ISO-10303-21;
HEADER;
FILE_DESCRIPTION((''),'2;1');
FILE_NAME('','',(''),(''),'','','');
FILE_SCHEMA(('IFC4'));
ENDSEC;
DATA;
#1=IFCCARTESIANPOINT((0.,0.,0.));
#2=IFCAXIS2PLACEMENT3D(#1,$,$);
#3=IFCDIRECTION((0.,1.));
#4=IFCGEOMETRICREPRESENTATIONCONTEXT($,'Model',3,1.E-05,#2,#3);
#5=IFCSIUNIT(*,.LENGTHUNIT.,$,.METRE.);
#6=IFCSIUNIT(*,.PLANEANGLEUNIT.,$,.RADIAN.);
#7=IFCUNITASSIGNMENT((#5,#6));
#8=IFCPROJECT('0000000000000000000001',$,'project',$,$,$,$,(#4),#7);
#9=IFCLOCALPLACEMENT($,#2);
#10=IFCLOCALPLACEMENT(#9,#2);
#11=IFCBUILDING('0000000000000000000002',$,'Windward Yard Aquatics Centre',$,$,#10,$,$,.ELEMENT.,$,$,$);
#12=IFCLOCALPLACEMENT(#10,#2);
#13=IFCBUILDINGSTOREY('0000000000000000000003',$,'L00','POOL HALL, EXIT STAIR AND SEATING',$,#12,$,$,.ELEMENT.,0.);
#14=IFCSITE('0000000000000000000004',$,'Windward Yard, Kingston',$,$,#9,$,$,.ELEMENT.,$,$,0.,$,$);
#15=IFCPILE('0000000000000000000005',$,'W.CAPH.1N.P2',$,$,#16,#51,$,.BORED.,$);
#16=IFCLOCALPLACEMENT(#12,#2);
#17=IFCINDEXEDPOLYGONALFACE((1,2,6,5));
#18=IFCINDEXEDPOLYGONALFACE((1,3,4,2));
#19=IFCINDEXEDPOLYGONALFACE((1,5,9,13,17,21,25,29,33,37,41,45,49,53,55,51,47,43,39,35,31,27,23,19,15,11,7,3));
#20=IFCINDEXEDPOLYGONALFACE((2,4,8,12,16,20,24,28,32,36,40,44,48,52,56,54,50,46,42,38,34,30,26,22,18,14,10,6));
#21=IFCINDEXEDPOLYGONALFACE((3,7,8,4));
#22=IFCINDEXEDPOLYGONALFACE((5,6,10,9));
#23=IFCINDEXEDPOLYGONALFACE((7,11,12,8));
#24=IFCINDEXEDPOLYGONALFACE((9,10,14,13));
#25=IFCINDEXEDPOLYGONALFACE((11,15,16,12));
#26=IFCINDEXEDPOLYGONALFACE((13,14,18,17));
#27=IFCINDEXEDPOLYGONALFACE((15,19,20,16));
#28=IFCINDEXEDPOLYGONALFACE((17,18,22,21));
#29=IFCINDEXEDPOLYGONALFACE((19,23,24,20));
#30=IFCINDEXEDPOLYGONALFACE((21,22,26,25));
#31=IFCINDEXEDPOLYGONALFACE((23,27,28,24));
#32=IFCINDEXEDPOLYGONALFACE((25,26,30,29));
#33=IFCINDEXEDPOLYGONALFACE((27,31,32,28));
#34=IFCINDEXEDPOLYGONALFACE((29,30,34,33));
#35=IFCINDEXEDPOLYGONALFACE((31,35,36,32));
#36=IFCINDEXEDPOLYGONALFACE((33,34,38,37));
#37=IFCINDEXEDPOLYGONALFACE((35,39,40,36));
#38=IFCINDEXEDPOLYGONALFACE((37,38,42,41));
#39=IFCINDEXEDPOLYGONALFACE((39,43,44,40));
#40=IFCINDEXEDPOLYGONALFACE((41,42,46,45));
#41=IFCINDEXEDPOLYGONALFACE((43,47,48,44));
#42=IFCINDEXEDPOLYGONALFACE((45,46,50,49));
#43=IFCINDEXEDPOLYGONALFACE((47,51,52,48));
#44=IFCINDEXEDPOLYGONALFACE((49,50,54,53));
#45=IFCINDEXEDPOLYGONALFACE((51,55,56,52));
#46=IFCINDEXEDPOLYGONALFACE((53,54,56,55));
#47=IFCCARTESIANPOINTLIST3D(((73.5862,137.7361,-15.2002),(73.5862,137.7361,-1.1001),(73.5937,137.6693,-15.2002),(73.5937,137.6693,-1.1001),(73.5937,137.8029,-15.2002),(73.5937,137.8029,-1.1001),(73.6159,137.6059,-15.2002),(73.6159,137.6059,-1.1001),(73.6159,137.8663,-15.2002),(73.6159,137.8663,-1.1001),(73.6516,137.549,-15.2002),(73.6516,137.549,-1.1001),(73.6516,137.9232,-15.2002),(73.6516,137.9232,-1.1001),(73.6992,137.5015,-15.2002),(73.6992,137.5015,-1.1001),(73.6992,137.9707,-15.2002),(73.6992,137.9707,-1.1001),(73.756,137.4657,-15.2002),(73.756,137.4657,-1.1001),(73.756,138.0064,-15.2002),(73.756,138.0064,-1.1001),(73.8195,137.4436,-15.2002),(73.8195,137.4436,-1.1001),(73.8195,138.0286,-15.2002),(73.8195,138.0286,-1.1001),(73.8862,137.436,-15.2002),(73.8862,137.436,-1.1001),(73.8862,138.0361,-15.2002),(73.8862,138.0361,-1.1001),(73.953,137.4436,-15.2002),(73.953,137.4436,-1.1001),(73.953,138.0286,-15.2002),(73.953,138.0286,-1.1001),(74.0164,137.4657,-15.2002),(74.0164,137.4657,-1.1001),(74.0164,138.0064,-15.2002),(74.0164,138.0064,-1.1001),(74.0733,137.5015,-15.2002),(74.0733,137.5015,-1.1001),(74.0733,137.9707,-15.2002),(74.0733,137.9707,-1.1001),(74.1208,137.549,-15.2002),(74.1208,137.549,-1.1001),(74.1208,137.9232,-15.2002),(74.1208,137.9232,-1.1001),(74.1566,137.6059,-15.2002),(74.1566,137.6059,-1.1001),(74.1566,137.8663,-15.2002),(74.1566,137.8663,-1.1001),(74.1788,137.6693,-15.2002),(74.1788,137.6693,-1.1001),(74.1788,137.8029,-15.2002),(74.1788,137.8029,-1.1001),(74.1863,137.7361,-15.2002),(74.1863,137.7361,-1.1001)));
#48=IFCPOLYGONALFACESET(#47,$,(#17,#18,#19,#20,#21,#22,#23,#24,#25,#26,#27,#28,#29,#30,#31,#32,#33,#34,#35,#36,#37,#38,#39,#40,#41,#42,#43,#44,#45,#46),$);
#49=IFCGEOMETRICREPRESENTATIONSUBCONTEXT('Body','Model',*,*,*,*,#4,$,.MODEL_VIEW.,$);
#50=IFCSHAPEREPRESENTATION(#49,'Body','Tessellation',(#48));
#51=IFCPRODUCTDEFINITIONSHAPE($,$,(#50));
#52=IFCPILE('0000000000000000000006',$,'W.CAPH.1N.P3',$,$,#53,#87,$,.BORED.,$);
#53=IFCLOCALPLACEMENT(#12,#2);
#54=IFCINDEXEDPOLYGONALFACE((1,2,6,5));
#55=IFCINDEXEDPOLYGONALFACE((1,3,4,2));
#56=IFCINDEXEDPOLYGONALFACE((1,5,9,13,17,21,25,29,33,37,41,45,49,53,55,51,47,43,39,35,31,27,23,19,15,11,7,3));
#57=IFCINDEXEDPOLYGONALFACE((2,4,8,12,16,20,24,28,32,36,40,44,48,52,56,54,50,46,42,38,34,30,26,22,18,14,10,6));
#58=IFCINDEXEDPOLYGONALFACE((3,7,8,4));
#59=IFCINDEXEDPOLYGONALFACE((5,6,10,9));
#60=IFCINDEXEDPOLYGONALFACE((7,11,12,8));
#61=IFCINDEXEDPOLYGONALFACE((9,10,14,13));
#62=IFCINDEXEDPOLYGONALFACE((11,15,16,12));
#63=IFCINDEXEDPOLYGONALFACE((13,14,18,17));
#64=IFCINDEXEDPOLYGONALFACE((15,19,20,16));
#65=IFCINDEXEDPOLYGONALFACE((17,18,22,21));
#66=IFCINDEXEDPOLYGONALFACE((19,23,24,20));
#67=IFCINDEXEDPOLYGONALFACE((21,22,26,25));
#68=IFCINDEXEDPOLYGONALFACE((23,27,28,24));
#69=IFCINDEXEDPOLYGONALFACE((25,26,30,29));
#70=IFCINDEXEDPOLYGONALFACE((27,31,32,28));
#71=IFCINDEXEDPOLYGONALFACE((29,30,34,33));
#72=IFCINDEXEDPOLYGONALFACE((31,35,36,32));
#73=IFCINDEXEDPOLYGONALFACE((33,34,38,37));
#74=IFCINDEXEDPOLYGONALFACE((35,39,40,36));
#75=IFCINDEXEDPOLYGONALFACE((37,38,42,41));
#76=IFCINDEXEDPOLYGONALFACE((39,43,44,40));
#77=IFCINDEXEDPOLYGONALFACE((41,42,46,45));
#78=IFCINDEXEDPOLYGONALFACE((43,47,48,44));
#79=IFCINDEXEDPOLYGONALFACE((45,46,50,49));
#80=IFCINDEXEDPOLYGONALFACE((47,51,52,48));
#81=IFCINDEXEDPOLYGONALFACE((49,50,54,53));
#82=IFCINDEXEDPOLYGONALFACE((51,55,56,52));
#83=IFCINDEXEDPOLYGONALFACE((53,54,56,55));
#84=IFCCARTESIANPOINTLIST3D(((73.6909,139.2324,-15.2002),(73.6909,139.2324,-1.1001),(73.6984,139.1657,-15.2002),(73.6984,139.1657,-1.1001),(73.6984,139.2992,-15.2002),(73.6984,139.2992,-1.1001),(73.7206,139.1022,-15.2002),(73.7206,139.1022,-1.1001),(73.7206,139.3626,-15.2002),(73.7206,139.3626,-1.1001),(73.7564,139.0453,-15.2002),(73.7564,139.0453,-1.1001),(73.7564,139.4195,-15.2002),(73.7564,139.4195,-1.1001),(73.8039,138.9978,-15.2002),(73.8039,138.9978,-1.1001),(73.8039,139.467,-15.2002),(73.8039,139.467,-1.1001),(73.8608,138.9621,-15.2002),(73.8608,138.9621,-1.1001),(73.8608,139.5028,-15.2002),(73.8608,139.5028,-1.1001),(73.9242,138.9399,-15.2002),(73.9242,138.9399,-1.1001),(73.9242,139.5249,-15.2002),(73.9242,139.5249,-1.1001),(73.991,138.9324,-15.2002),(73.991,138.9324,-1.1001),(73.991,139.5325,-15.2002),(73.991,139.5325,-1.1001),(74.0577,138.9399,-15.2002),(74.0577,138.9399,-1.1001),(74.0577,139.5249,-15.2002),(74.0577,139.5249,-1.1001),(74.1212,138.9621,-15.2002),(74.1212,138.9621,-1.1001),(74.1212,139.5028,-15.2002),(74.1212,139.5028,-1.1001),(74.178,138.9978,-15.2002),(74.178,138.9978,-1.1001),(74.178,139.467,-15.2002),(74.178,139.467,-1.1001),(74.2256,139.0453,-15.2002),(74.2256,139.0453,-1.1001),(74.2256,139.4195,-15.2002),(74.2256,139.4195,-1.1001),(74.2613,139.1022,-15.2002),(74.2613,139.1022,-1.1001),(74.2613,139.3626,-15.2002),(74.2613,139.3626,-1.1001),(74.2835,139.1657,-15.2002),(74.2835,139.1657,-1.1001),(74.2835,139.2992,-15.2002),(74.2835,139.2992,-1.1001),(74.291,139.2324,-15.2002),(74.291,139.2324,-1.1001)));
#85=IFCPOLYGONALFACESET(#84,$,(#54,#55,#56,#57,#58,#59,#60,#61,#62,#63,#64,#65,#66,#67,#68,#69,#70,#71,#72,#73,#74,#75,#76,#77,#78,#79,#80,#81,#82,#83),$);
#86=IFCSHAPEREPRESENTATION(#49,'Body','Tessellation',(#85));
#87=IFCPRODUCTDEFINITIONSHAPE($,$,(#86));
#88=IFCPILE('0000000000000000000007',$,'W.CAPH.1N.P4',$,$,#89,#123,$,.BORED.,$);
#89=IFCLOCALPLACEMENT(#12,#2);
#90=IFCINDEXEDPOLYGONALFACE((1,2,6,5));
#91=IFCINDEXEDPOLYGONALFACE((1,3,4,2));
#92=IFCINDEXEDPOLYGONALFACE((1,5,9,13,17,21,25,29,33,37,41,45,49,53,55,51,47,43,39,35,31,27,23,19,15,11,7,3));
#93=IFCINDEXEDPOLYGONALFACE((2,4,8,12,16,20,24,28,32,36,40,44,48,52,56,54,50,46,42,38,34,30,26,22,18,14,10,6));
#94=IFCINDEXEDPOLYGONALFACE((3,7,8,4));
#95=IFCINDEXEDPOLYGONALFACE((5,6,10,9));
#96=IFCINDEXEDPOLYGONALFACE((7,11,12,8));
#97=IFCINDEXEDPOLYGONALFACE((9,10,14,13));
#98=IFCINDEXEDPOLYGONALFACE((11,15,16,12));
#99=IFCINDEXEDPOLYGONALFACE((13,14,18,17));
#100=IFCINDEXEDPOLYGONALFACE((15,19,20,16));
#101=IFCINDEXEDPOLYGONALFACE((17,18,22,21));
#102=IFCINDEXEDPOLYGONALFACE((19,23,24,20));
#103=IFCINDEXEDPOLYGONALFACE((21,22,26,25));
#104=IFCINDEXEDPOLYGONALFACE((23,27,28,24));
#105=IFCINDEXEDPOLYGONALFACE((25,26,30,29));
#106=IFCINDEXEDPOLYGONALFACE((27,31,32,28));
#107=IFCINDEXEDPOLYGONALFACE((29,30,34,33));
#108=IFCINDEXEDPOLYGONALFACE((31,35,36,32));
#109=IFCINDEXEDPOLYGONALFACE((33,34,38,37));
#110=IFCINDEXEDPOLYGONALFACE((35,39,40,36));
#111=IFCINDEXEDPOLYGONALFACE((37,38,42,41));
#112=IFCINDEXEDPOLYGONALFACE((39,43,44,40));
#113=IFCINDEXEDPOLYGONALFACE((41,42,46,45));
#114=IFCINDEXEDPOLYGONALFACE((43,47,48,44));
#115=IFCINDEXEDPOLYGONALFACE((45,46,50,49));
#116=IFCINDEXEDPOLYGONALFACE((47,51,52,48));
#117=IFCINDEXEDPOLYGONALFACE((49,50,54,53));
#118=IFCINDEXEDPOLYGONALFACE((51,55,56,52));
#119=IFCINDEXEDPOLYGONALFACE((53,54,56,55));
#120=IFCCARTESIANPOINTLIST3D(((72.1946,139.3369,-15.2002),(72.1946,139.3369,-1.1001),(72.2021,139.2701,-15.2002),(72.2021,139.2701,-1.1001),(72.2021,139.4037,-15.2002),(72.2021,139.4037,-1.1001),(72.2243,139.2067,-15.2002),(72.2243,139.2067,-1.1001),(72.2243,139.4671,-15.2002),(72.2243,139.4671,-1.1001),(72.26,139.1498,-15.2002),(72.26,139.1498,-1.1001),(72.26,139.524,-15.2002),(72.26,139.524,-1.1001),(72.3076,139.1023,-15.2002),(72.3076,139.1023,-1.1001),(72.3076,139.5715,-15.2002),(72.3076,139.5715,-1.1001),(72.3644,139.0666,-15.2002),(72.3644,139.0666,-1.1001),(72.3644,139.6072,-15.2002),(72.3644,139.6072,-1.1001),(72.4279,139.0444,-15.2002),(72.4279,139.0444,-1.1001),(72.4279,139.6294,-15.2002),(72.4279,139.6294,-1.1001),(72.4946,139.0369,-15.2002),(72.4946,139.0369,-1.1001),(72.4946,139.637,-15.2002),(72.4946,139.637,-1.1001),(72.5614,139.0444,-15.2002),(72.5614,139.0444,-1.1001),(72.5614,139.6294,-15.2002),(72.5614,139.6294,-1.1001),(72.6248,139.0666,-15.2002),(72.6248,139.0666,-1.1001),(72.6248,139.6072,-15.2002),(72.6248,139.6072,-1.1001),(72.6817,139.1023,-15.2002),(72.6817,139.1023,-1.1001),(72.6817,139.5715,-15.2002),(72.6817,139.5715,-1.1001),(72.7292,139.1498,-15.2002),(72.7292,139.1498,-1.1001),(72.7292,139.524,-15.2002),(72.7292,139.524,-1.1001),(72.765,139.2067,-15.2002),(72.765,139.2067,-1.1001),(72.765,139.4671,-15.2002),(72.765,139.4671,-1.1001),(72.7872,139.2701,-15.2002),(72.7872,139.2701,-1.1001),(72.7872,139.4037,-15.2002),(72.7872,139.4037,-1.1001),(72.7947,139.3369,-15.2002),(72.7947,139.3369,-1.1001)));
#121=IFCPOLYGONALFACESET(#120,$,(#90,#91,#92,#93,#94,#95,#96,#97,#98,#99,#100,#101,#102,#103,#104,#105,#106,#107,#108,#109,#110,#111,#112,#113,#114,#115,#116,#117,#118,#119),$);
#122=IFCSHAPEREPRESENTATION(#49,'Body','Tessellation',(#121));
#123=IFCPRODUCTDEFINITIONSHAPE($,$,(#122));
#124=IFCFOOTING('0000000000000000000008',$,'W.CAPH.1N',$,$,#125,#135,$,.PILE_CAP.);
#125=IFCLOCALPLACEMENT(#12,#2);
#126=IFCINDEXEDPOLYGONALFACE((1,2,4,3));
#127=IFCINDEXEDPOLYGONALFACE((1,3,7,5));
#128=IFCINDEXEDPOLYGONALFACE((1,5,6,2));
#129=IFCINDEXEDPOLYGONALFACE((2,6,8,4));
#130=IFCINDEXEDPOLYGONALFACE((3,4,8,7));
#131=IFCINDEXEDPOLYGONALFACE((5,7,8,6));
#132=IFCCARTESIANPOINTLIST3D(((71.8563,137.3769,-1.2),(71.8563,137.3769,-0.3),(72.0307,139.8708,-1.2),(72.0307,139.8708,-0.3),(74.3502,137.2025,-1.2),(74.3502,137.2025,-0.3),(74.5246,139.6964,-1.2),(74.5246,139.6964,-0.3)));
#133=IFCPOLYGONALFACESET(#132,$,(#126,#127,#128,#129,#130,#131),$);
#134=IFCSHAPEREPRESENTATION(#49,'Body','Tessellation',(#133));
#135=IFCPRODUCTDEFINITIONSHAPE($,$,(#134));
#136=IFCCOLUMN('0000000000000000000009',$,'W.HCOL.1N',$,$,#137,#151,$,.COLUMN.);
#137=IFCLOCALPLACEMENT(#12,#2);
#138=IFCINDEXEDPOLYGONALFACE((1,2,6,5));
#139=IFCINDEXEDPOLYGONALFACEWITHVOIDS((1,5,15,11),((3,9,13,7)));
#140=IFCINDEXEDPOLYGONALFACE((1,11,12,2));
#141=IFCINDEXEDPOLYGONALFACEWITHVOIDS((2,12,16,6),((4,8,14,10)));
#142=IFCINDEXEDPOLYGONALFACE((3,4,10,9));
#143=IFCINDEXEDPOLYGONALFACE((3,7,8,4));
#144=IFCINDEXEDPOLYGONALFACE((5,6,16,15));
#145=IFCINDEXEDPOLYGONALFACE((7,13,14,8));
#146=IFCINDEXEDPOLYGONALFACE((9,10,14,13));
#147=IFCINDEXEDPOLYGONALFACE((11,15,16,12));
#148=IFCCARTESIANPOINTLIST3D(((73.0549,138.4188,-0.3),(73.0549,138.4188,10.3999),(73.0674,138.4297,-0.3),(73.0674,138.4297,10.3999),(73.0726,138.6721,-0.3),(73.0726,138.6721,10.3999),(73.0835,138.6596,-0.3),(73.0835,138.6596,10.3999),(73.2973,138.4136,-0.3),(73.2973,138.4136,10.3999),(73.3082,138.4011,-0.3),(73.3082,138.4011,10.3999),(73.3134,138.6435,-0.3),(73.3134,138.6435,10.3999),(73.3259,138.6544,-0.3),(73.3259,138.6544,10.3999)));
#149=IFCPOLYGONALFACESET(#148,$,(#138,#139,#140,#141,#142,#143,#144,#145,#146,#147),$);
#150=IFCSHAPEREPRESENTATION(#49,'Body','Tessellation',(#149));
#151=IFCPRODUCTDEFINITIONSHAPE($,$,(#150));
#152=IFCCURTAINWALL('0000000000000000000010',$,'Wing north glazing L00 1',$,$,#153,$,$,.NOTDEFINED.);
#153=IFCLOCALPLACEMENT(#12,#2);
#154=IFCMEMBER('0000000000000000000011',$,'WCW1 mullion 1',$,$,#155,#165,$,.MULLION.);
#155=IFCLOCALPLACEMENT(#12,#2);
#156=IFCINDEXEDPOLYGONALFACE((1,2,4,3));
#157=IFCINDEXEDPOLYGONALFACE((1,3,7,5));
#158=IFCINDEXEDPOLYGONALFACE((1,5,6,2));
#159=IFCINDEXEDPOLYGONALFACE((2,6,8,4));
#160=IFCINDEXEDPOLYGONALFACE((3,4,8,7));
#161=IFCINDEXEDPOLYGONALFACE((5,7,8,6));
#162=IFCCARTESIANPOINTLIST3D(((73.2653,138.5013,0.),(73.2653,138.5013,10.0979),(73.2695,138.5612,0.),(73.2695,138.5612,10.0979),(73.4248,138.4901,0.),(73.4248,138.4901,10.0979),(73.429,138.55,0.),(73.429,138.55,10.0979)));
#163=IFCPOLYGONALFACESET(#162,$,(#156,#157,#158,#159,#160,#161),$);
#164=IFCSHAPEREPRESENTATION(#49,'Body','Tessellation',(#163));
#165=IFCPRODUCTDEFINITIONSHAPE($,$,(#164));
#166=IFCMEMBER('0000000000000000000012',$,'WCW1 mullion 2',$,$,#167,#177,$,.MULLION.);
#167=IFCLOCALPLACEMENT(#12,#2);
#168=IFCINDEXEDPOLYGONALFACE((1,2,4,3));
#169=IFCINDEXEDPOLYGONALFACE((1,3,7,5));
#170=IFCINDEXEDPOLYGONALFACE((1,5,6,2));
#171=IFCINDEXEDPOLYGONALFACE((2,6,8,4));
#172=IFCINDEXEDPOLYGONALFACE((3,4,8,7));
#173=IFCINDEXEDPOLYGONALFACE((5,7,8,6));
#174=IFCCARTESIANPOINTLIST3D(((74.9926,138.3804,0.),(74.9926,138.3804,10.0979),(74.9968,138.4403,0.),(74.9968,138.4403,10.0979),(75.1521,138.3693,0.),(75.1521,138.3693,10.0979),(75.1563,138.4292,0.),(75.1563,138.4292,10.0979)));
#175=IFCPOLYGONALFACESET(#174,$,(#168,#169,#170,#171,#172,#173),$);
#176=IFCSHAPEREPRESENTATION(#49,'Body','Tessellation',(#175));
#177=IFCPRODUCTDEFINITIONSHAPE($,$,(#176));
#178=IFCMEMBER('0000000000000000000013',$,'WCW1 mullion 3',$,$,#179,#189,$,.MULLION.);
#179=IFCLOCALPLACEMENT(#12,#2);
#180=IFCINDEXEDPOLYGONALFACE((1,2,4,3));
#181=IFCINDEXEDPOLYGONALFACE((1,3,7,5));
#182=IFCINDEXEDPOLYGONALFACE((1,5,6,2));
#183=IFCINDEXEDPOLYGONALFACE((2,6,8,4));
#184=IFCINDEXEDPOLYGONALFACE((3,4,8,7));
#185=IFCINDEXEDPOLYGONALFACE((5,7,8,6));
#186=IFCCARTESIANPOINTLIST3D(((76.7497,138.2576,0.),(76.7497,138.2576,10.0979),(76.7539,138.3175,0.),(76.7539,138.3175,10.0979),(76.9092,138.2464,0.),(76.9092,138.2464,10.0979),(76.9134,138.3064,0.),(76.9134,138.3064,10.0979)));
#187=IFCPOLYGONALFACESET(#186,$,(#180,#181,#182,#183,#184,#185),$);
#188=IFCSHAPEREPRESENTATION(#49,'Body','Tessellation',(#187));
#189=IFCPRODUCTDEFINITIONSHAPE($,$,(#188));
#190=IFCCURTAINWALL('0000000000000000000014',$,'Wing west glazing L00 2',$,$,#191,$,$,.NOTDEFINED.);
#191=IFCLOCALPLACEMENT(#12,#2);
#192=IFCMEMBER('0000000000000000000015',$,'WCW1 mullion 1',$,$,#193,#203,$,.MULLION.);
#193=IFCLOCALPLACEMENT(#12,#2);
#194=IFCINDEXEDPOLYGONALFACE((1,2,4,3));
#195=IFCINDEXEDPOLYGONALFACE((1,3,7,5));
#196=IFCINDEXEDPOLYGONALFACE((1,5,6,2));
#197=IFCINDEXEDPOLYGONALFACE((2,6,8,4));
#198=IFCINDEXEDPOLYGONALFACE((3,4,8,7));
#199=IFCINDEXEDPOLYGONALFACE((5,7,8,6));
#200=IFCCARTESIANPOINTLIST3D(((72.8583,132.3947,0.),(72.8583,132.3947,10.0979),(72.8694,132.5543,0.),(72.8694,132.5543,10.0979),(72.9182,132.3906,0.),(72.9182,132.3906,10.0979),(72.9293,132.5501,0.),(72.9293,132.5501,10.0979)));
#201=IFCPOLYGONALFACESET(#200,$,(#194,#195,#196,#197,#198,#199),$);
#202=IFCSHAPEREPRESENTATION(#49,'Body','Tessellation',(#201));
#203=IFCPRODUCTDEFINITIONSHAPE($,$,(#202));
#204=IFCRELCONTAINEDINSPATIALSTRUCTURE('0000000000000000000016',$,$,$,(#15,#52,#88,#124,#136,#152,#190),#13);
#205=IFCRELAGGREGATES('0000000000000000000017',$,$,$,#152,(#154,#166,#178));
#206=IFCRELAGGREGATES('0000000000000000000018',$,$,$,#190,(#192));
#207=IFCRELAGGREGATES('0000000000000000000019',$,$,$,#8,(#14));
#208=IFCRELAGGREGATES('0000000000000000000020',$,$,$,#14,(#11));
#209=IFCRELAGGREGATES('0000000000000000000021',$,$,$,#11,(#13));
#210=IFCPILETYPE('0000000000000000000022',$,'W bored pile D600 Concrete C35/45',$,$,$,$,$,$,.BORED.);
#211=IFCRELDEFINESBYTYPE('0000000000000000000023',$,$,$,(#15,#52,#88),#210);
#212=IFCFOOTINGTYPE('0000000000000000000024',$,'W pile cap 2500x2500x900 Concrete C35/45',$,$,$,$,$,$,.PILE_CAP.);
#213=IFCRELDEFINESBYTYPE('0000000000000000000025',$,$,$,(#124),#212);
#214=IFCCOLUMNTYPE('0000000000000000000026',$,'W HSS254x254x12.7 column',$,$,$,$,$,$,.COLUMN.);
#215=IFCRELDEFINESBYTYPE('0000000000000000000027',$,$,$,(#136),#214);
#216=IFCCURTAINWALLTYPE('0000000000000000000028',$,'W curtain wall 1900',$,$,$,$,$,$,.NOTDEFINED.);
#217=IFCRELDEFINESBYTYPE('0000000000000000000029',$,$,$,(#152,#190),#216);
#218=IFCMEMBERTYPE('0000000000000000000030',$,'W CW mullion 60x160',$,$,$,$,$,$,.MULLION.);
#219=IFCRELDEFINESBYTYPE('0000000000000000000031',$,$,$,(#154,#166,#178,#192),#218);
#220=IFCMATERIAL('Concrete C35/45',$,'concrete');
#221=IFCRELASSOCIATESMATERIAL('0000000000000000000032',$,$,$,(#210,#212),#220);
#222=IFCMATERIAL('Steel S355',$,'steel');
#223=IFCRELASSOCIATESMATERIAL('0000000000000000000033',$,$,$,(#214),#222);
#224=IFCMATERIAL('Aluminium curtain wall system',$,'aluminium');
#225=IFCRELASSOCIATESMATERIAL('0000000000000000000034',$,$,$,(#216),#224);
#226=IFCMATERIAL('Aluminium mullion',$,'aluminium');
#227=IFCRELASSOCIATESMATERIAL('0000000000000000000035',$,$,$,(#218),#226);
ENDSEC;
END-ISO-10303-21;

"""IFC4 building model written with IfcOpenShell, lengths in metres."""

from ifc_helpers import new_model, si_unit, direction, frame, origin, origin_2d, place, context, subcontext, project, spatial, rectangle, hollow_rectangle, circle, extrude, material, material_profile, profile_set, type_object, element, aggregate, save


model = new_model("IFC4")

# Units and contexts
model_context = context("Model", 3, precision=1e-05, world=origin(), true_north=direction((0.0, 1.0)))
body_context = subcontext(model_context, "Body", "Model", "MODEL_VIEW")
ifc_project = project(units=[si_unit("LENGTHUNIT", "METRE"), si_unit("PLANEANGLEUNIT", "RADIAN")], contexts=[model_context])

# Site, building, storey
site_placement = place(None, origin())
site = spatial("IfcSite", under=ifc_project, at=site_placement, Name="Windward Yard, Kingston", CompositionType="ELEMENT", RefElevation=0.0)
building_placement = place(site_placement, origin())
building = spatial("IfcBuilding", under=site, at=building_placement, Name="Windward Yard Aquatics Centre", CompositionType="ELEMENT")
storey_placement = place(building_placement, origin())
storey = spatial("IfcBuildingStorey", under=building, at=storey_placement, Name="L00", Description="POOL HALL, EXIT STAIR AND SEATING", CompositionType="ELEMENT", Elevation=0.0)

# Piles
ifc_material_1 = material(Name="Concrete C35/45", Category="concrete")
ifc_material_profile_1 = material_profile(ifc_material_1, circle(Radius=0.3, at=origin_2d()), Name="D600")
ifc_profile_set_1 = profile_set([ifc_material_profile_1], Name="Concrete C35/45")
pile_type = type_object("IfcPileType", Name="W bored pile D600 Concrete C35/45", PredefinedType="BORED", material=ifc_profile_set_1)
for number, where, z_axis, x_axis, name in (
    (1, (73.8862, 137.7361, -1.1001), (0.0, 0.0, -1.0), (1.0, 0.0, 0.0), "W.CAPH.1N.P2"),
    (2, (73.991, 139.2324, -1.1001), (0.0, 0.0, -1.0), (1.0, 0.0, 0.0), "W.CAPH.1N.P3"),
    (3, (72.4946, 139.3369, -1.1001), (0.0, 0.0, -1.0), (1.0, 0.0, 0.0), "W.CAPH.1N.P4"),
):
    element("IfcPile", number, at=place(storey_placement, frame(where, z_axis=z_axis, x_axis=x_axis)), inside=storey, type_object=pile_type, Name=name, PredefinedType="BORED", context=body_context, shape_type="SweptSolid", body=[
        extrude(circle(Radius=0.3, at=origin_2d()), origin(), (0.0, 0.0, 1.0), 14.1001),
    ])

# Footing
footing_type = type_object("IfcFootingType", Name="W pile cap 2500x2500x900 Concrete C35/45", PredefinedType="PILE_CAP", material=ifc_material_1)
footing_placement = place(storey_placement, frame((73.1904, 138.5366, -1.2), z_axis=(0.0, 0.0, 1.0), x_axis=(0.997564, -0.069756, 0.0)))
element("IfcFooting", 4, at=footing_placement, inside=storey, type_object=footing_type, Name="W.CAPH.1N", PredefinedType="PILE_CAP", context=body_context, shape_type="SweptSolid", body=[
    extrude(rectangle(XDim=2.5, YDim=2.5, at=origin_2d()), origin(), (0.0, 0.0, 1.0), 0.8999),
])

# Column
ifc_material_2 = material(Name="Steel S355", Category="steel")
ifc_material_profile_2 = material_profile(ifc_material_2, hollow_rectangle(XDim=0.2539, YDim=0.2539, WallThickness=0.0117, at=origin_2d()), Name="HSS254x254x12.7")
ifc_profile_set_2 = profile_set([ifc_material_profile_2], Name="Steel S355")
column_type = type_object("IfcColumnType", Name="W HSS254x254x12.7 column", PredefinedType="COLUMN", material=ifc_profile_set_2)
column_placement = place(storey_placement, frame((73.1904, 138.5366, -0.3), z_axis=(0.0, 0.0, 1.0), x_axis=(0.997564, -0.069756, 0.0)))
element("IfcColumn", 5, at=column_placement, inside=storey, type_object=column_type, Name="W.HCOL.1N", PredefinedType="COLUMN", context=body_context, shape_type="SweptSolid", body=[
    extrude(hollow_rectangle(XDim=0.2539, YDim=0.2539, WallThickness=0.0117, at=origin_2d()), origin(), (0.0, 0.0, 1.0), 10.7),
])

# Curtain walls, members
ifc_material_3 = material(Name="Aluminium curtain wall system", Category="aluminium")
curtain_wall_type = type_object("IfcCurtainWallType", Name="W curtain wall 1900", PredefinedType="NOTDEFINED", material=ifc_material_3)
curtain_wall_1_placement = place(storey_placement, origin())
curtain_wall_1 = element("IfcCurtainWall", 6, at=curtain_wall_1_placement, inside=storey, type_object=curtain_wall_type, Name="Wing north glazing L00 1", PredefinedType="NOTDEFINED")
ifc_material_4 = material(Name="Aluminium mullion", Category="aluminium")
ifc_material_profile_3 = material_profile(ifc_material_4, rectangle(XDim=0.0601, YDim=0.1599, at=origin_2d()), Name="AL 60x160")
ifc_profile_set_3 = profile_set([ifc_material_profile_3], Name="Aluminium mullion")
member_type_1 = type_object("IfcMemberType", Name="W CW mullion 60x160", PredefinedType="MULLION", material=ifc_profile_set_3)
member_1_placement = place(storey_placement, frame((73.3472, 138.5256, 0.0), z_axis=(0.0, 0.0, 1.0), x_axis=(0.069756, 0.997564, 0.0)))
member_1 = element("IfcMember", 7, at=member_1_placement, type_object=member_type_1, Name="WCW1 mullion 1", PredefinedType="MULLION", context=body_context, shape_type="SweptSolid", body=[
    extrude(rectangle(XDim=0.0601, YDim=0.1599, at=origin_2d()), origin(), (0.0, 0.0, 1.0), 10.0979),
])
member_2_placement = place(storey_placement, frame((75.0745, 138.4048, 0.0), z_axis=(0.0, 0.0, 1.0), x_axis=(0.069756, 0.997564, 0.0)))
member_2 = element("IfcMember", 8, at=member_2_placement, type_object=member_type_1, Name="WCW1 mullion 2", PredefinedType="MULLION", context=body_context, shape_type="SweptSolid", body=[
    extrude(rectangle(XDim=0.0601, YDim=0.1599, at=origin_2d()), origin(), (0.0, 0.0, 1.0), 10.0979),
])
member_3_placement = place(storey_placement, frame((76.8315, 138.282, 0.0), z_axis=(0.0, 0.0, 1.0), x_axis=(0.069756, 0.997564, 0.0)))
member_3 = element("IfcMember", 9, at=member_3_placement, type_object=member_type_1, Name="WCW1 mullion 3", PredefinedType="MULLION", context=body_context, shape_type="SweptSolid", body=[
    extrude(rectangle(XDim=0.0601, YDim=0.1599, at=origin_2d()), origin(), (0.0, 0.0, 1.0), 10.0979),
])
curtain_wall_2_placement = place(storey_placement, origin())
curtain_wall_2 = element("IfcCurtainWall", 10, at=curtain_wall_2_placement, inside=storey, type_object=curtain_wall_type, Name="Wing west glazing L00 2", PredefinedType="NOTDEFINED")
member_4_placement = place(storey_placement, frame((72.8938, 132.4724, 0.0), z_axis=(0.0, 0.0, 1.0), x_axis=(-0.997565, 0.069747, 0.0)))
member_4 = element("IfcMember", 11, at=member_4_placement, type_object=member_type_1, Name="WCW1 mullion 1", PredefinedType="MULLION", context=body_context, shape_type="SweptSolid", body=[
    extrude(rectangle(XDim=0.0601, YDim=0.1599, at=origin_2d()), origin(), (0.0, 0.0, 1.0), 10.0979),
])

aggregate(curtain_wall_1, [member_1, member_2, member_3])
aggregate(curtain_wall_2, [member_4])

save(model, "model.ifc")
